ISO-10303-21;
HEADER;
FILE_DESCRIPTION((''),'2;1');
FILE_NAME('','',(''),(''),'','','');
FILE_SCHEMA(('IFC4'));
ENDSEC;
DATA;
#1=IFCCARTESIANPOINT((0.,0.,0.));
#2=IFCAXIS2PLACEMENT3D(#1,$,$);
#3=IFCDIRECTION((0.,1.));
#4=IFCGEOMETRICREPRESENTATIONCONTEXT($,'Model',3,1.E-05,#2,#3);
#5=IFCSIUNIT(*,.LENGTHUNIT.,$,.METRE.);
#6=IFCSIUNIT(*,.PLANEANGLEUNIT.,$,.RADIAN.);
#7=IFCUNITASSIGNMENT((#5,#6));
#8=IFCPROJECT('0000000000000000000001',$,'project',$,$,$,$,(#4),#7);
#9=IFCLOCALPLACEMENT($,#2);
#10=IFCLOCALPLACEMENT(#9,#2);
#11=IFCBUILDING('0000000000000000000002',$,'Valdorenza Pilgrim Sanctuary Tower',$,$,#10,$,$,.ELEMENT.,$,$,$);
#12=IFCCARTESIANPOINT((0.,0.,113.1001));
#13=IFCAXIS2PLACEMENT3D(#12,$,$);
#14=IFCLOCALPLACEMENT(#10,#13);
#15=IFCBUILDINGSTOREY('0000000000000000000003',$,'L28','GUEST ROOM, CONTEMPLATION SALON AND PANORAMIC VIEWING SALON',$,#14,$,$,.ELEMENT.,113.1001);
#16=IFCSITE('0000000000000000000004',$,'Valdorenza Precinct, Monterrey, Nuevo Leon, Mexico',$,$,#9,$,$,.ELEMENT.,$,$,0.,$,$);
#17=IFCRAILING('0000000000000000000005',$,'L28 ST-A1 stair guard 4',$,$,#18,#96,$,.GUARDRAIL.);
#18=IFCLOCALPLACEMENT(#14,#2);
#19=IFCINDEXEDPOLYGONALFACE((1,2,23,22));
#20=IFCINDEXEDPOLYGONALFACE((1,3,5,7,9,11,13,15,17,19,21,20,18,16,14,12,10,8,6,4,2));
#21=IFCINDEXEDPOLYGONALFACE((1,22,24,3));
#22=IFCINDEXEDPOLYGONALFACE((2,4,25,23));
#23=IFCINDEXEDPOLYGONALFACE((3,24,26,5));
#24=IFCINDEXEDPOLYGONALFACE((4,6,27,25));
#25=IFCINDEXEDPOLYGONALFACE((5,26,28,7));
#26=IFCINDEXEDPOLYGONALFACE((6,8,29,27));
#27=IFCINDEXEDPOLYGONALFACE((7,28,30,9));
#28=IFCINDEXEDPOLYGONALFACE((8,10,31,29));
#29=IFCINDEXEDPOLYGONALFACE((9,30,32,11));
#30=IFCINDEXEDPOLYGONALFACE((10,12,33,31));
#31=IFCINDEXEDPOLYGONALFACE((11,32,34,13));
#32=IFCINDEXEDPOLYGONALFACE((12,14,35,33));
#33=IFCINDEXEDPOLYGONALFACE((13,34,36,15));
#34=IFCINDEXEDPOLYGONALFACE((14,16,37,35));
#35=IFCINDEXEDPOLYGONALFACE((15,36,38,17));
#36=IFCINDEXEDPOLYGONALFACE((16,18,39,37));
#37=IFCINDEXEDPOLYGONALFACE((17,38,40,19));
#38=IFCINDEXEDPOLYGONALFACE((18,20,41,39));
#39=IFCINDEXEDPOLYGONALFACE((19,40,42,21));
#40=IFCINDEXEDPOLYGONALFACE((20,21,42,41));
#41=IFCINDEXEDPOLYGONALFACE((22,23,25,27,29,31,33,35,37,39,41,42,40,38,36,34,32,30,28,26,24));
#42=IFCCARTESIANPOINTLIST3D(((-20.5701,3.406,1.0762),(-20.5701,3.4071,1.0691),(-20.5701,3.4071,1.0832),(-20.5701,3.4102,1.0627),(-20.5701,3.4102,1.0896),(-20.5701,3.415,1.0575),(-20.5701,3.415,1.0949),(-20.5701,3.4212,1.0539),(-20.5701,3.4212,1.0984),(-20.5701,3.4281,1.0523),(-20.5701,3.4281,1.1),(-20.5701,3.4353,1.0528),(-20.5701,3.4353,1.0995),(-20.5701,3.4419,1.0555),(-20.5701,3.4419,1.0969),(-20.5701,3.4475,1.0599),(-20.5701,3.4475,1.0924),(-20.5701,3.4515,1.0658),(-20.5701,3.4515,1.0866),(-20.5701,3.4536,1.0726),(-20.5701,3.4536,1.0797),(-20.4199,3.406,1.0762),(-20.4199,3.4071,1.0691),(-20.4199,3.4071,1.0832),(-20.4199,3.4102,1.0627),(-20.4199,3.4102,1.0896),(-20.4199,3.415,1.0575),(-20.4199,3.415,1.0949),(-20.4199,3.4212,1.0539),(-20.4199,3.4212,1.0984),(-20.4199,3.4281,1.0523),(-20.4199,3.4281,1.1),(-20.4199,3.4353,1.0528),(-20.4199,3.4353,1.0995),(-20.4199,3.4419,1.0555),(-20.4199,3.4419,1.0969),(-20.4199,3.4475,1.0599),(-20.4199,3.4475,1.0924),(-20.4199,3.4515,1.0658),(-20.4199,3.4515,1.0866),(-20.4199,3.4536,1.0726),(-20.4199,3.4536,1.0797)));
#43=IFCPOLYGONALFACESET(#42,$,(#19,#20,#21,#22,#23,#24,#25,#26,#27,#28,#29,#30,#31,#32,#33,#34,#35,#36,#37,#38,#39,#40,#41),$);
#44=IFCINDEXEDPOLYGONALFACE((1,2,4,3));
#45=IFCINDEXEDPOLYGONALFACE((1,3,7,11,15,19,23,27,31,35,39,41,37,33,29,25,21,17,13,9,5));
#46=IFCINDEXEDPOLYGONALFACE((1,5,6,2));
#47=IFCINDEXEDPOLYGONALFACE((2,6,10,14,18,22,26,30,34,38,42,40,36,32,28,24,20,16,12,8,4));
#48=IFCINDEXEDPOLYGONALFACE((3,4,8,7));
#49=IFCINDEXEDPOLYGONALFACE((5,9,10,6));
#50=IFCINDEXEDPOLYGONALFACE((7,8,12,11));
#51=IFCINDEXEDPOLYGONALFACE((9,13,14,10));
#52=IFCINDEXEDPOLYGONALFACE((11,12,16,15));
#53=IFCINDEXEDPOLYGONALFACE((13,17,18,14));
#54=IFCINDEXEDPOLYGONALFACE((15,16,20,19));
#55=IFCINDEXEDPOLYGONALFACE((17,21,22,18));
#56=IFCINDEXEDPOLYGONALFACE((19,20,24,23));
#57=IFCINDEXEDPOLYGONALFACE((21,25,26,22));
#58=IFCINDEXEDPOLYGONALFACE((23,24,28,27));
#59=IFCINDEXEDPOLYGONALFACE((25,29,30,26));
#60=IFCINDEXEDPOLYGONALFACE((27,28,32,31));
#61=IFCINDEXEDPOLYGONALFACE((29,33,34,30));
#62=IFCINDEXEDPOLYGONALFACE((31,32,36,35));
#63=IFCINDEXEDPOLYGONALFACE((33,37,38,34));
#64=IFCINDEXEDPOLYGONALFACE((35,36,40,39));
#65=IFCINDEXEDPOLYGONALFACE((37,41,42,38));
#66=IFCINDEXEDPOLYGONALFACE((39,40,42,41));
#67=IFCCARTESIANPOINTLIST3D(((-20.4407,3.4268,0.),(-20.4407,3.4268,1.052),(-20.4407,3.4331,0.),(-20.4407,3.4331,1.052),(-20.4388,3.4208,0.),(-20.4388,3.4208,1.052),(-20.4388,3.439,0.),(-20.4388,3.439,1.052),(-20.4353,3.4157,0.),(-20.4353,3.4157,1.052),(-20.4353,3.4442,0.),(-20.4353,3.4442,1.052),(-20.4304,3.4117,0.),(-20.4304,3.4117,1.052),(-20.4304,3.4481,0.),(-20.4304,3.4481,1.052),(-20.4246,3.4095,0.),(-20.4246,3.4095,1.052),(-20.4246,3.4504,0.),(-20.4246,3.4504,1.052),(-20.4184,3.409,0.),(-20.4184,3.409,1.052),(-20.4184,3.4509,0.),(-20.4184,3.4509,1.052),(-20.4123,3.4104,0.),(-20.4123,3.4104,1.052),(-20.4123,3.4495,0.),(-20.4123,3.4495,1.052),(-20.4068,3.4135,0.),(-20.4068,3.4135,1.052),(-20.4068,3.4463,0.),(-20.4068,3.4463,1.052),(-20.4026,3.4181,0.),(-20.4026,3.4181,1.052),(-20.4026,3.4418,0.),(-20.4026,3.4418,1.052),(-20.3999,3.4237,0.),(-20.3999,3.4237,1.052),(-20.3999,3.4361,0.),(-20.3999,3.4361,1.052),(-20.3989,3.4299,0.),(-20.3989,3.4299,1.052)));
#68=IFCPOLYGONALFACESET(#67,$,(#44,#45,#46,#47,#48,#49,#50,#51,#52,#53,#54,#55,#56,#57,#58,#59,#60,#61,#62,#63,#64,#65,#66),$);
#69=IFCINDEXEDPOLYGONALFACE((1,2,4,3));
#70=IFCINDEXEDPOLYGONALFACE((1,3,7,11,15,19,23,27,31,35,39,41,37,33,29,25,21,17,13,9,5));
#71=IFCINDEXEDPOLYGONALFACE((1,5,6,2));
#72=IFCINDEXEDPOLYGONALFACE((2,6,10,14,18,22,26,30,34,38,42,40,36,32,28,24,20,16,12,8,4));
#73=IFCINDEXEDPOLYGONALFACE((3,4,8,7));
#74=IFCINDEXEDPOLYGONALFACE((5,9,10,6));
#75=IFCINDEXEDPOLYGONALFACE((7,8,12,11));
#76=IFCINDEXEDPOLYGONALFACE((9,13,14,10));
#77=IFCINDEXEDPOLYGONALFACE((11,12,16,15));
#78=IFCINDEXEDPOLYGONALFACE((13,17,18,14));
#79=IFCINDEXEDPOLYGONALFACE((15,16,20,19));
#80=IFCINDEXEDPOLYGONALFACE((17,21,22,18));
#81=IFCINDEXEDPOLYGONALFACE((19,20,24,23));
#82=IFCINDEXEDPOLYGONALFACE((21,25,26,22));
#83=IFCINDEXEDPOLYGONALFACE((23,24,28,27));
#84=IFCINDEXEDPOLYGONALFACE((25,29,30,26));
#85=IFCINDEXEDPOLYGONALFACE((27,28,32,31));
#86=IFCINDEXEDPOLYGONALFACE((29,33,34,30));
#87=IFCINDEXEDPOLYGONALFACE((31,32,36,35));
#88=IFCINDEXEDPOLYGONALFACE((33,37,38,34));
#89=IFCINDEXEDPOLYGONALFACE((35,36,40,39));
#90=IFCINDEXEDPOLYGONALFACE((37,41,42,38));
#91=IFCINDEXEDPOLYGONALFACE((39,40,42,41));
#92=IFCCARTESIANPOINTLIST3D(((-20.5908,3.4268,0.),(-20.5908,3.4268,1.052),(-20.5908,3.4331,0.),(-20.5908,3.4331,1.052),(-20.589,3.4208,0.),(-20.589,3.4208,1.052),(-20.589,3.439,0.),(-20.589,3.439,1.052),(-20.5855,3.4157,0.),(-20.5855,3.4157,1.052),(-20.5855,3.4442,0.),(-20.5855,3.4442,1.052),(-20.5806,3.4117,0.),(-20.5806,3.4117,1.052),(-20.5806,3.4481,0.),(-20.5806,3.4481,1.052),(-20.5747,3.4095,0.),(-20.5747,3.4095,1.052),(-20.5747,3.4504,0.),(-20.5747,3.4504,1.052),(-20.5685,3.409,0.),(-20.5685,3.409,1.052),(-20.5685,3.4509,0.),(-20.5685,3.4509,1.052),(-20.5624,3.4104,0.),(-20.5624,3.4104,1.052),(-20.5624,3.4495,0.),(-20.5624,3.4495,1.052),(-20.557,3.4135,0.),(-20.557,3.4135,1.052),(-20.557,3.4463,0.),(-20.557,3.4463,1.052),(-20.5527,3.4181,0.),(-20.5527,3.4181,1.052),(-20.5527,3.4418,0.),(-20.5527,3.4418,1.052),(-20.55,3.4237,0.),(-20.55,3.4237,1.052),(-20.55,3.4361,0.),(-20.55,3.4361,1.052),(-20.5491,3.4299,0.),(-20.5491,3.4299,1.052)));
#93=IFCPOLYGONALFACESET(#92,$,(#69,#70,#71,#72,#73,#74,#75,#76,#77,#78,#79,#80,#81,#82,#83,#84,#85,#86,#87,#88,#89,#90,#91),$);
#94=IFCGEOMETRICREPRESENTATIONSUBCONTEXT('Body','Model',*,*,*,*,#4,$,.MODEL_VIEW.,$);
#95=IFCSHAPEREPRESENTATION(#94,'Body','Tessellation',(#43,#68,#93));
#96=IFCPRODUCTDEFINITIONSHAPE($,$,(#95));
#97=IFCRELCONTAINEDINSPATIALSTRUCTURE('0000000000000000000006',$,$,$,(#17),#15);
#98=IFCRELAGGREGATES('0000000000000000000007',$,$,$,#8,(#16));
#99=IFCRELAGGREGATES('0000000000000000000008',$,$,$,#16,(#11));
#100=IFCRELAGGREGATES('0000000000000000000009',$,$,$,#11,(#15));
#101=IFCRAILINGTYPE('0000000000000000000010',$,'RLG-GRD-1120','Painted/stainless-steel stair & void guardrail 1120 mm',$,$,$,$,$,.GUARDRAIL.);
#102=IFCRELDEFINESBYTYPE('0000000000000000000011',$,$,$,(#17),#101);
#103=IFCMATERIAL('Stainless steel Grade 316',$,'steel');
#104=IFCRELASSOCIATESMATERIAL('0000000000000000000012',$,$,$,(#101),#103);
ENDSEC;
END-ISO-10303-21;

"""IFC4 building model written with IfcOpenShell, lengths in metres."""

from ifc_helpers import new_model, si_unit, direction, frame, origin, origin_2d, place, context, subcontext, project, spatial, circle, extrude, material, type_object, element, save


model = new_model("IFC4")

# Units and contexts
model_context = context("Model", 3, precision=1e-05, world=origin(), true_north=direction((0.0, 1.0)))
body_context = subcontext(model_context, "Body", "Model", "MODEL_VIEW")
ifc_project = project(units=[si_unit("LENGTHUNIT", "METRE"), si_unit("PLANEANGLEUNIT", "RADIAN")], contexts=[model_context])

# Site, building, storey
site_placement = place(None, origin())
site = spatial("IfcSite", under=ifc_project, at=site_placement, Name="Valdorenza Precinct, Monterrey, Nuevo Leon, Mexico", CompositionType="ELEMENT", RefElevation=0.0)
building_placement = place(site_placement, origin())
building = spatial("IfcBuilding", under=site, at=building_placement, Name="Valdorenza Pilgrim Sanctuary Tower", CompositionType="ELEMENT")
storey_placement = place(building_placement, frame((0.0, 0.0, 113.1001)))
storey = spatial("IfcBuildingStorey", under=building, at=storey_placement, Name="L28", Description="GUEST ROOM, CONTEMPLATION SALON AND PANORAMIC VIEWING SALON", CompositionType="ELEMENT", Elevation=113.1001)

# Railing
ifc_material_1 = material(Name="Stainless steel Grade 316", Category="steel")
railing_type_1 = type_object("IfcRailingType", Name="RLG-GRD-1120", Description="Painted/stainless-steel stair & void guardrail 1120 mm", PredefinedType="GUARDRAIL", material=ifc_material_1)
railing_1_placement = place(storey_placement, frame((-20.4199, 3.4299, 0.0)))
element("IfcRailing", 1, at=railing_1_placement, inside=storey, type_object=railing_type_1, Name="L28 ST-A1 stair guard 4", PredefinedType="GUARDRAIL", context=body_context, shape_type="SweptSolid", body=[
    extrude(circle(Radius=0.0239, at=origin_2d()), frame((0.0, 0.0, 1.0762), z_axis=(-1.0, 0.0, 0.0), x_axis=(0.0, -1.0, 0.0)), (0.0, 0.0, 1.0), 0.1501),
    extrude(circle(Radius=0.021, at=origin_2d()), origin(), (0.0, 0.0, 1.0), 1.052),
    extrude(circle(Radius=0.021, at=origin_2d()), frame((-0.1501, 0.0, 0.0)), (0.0, 0.0, 1.0), 1.052),
])

save(model, "model.ifc")
